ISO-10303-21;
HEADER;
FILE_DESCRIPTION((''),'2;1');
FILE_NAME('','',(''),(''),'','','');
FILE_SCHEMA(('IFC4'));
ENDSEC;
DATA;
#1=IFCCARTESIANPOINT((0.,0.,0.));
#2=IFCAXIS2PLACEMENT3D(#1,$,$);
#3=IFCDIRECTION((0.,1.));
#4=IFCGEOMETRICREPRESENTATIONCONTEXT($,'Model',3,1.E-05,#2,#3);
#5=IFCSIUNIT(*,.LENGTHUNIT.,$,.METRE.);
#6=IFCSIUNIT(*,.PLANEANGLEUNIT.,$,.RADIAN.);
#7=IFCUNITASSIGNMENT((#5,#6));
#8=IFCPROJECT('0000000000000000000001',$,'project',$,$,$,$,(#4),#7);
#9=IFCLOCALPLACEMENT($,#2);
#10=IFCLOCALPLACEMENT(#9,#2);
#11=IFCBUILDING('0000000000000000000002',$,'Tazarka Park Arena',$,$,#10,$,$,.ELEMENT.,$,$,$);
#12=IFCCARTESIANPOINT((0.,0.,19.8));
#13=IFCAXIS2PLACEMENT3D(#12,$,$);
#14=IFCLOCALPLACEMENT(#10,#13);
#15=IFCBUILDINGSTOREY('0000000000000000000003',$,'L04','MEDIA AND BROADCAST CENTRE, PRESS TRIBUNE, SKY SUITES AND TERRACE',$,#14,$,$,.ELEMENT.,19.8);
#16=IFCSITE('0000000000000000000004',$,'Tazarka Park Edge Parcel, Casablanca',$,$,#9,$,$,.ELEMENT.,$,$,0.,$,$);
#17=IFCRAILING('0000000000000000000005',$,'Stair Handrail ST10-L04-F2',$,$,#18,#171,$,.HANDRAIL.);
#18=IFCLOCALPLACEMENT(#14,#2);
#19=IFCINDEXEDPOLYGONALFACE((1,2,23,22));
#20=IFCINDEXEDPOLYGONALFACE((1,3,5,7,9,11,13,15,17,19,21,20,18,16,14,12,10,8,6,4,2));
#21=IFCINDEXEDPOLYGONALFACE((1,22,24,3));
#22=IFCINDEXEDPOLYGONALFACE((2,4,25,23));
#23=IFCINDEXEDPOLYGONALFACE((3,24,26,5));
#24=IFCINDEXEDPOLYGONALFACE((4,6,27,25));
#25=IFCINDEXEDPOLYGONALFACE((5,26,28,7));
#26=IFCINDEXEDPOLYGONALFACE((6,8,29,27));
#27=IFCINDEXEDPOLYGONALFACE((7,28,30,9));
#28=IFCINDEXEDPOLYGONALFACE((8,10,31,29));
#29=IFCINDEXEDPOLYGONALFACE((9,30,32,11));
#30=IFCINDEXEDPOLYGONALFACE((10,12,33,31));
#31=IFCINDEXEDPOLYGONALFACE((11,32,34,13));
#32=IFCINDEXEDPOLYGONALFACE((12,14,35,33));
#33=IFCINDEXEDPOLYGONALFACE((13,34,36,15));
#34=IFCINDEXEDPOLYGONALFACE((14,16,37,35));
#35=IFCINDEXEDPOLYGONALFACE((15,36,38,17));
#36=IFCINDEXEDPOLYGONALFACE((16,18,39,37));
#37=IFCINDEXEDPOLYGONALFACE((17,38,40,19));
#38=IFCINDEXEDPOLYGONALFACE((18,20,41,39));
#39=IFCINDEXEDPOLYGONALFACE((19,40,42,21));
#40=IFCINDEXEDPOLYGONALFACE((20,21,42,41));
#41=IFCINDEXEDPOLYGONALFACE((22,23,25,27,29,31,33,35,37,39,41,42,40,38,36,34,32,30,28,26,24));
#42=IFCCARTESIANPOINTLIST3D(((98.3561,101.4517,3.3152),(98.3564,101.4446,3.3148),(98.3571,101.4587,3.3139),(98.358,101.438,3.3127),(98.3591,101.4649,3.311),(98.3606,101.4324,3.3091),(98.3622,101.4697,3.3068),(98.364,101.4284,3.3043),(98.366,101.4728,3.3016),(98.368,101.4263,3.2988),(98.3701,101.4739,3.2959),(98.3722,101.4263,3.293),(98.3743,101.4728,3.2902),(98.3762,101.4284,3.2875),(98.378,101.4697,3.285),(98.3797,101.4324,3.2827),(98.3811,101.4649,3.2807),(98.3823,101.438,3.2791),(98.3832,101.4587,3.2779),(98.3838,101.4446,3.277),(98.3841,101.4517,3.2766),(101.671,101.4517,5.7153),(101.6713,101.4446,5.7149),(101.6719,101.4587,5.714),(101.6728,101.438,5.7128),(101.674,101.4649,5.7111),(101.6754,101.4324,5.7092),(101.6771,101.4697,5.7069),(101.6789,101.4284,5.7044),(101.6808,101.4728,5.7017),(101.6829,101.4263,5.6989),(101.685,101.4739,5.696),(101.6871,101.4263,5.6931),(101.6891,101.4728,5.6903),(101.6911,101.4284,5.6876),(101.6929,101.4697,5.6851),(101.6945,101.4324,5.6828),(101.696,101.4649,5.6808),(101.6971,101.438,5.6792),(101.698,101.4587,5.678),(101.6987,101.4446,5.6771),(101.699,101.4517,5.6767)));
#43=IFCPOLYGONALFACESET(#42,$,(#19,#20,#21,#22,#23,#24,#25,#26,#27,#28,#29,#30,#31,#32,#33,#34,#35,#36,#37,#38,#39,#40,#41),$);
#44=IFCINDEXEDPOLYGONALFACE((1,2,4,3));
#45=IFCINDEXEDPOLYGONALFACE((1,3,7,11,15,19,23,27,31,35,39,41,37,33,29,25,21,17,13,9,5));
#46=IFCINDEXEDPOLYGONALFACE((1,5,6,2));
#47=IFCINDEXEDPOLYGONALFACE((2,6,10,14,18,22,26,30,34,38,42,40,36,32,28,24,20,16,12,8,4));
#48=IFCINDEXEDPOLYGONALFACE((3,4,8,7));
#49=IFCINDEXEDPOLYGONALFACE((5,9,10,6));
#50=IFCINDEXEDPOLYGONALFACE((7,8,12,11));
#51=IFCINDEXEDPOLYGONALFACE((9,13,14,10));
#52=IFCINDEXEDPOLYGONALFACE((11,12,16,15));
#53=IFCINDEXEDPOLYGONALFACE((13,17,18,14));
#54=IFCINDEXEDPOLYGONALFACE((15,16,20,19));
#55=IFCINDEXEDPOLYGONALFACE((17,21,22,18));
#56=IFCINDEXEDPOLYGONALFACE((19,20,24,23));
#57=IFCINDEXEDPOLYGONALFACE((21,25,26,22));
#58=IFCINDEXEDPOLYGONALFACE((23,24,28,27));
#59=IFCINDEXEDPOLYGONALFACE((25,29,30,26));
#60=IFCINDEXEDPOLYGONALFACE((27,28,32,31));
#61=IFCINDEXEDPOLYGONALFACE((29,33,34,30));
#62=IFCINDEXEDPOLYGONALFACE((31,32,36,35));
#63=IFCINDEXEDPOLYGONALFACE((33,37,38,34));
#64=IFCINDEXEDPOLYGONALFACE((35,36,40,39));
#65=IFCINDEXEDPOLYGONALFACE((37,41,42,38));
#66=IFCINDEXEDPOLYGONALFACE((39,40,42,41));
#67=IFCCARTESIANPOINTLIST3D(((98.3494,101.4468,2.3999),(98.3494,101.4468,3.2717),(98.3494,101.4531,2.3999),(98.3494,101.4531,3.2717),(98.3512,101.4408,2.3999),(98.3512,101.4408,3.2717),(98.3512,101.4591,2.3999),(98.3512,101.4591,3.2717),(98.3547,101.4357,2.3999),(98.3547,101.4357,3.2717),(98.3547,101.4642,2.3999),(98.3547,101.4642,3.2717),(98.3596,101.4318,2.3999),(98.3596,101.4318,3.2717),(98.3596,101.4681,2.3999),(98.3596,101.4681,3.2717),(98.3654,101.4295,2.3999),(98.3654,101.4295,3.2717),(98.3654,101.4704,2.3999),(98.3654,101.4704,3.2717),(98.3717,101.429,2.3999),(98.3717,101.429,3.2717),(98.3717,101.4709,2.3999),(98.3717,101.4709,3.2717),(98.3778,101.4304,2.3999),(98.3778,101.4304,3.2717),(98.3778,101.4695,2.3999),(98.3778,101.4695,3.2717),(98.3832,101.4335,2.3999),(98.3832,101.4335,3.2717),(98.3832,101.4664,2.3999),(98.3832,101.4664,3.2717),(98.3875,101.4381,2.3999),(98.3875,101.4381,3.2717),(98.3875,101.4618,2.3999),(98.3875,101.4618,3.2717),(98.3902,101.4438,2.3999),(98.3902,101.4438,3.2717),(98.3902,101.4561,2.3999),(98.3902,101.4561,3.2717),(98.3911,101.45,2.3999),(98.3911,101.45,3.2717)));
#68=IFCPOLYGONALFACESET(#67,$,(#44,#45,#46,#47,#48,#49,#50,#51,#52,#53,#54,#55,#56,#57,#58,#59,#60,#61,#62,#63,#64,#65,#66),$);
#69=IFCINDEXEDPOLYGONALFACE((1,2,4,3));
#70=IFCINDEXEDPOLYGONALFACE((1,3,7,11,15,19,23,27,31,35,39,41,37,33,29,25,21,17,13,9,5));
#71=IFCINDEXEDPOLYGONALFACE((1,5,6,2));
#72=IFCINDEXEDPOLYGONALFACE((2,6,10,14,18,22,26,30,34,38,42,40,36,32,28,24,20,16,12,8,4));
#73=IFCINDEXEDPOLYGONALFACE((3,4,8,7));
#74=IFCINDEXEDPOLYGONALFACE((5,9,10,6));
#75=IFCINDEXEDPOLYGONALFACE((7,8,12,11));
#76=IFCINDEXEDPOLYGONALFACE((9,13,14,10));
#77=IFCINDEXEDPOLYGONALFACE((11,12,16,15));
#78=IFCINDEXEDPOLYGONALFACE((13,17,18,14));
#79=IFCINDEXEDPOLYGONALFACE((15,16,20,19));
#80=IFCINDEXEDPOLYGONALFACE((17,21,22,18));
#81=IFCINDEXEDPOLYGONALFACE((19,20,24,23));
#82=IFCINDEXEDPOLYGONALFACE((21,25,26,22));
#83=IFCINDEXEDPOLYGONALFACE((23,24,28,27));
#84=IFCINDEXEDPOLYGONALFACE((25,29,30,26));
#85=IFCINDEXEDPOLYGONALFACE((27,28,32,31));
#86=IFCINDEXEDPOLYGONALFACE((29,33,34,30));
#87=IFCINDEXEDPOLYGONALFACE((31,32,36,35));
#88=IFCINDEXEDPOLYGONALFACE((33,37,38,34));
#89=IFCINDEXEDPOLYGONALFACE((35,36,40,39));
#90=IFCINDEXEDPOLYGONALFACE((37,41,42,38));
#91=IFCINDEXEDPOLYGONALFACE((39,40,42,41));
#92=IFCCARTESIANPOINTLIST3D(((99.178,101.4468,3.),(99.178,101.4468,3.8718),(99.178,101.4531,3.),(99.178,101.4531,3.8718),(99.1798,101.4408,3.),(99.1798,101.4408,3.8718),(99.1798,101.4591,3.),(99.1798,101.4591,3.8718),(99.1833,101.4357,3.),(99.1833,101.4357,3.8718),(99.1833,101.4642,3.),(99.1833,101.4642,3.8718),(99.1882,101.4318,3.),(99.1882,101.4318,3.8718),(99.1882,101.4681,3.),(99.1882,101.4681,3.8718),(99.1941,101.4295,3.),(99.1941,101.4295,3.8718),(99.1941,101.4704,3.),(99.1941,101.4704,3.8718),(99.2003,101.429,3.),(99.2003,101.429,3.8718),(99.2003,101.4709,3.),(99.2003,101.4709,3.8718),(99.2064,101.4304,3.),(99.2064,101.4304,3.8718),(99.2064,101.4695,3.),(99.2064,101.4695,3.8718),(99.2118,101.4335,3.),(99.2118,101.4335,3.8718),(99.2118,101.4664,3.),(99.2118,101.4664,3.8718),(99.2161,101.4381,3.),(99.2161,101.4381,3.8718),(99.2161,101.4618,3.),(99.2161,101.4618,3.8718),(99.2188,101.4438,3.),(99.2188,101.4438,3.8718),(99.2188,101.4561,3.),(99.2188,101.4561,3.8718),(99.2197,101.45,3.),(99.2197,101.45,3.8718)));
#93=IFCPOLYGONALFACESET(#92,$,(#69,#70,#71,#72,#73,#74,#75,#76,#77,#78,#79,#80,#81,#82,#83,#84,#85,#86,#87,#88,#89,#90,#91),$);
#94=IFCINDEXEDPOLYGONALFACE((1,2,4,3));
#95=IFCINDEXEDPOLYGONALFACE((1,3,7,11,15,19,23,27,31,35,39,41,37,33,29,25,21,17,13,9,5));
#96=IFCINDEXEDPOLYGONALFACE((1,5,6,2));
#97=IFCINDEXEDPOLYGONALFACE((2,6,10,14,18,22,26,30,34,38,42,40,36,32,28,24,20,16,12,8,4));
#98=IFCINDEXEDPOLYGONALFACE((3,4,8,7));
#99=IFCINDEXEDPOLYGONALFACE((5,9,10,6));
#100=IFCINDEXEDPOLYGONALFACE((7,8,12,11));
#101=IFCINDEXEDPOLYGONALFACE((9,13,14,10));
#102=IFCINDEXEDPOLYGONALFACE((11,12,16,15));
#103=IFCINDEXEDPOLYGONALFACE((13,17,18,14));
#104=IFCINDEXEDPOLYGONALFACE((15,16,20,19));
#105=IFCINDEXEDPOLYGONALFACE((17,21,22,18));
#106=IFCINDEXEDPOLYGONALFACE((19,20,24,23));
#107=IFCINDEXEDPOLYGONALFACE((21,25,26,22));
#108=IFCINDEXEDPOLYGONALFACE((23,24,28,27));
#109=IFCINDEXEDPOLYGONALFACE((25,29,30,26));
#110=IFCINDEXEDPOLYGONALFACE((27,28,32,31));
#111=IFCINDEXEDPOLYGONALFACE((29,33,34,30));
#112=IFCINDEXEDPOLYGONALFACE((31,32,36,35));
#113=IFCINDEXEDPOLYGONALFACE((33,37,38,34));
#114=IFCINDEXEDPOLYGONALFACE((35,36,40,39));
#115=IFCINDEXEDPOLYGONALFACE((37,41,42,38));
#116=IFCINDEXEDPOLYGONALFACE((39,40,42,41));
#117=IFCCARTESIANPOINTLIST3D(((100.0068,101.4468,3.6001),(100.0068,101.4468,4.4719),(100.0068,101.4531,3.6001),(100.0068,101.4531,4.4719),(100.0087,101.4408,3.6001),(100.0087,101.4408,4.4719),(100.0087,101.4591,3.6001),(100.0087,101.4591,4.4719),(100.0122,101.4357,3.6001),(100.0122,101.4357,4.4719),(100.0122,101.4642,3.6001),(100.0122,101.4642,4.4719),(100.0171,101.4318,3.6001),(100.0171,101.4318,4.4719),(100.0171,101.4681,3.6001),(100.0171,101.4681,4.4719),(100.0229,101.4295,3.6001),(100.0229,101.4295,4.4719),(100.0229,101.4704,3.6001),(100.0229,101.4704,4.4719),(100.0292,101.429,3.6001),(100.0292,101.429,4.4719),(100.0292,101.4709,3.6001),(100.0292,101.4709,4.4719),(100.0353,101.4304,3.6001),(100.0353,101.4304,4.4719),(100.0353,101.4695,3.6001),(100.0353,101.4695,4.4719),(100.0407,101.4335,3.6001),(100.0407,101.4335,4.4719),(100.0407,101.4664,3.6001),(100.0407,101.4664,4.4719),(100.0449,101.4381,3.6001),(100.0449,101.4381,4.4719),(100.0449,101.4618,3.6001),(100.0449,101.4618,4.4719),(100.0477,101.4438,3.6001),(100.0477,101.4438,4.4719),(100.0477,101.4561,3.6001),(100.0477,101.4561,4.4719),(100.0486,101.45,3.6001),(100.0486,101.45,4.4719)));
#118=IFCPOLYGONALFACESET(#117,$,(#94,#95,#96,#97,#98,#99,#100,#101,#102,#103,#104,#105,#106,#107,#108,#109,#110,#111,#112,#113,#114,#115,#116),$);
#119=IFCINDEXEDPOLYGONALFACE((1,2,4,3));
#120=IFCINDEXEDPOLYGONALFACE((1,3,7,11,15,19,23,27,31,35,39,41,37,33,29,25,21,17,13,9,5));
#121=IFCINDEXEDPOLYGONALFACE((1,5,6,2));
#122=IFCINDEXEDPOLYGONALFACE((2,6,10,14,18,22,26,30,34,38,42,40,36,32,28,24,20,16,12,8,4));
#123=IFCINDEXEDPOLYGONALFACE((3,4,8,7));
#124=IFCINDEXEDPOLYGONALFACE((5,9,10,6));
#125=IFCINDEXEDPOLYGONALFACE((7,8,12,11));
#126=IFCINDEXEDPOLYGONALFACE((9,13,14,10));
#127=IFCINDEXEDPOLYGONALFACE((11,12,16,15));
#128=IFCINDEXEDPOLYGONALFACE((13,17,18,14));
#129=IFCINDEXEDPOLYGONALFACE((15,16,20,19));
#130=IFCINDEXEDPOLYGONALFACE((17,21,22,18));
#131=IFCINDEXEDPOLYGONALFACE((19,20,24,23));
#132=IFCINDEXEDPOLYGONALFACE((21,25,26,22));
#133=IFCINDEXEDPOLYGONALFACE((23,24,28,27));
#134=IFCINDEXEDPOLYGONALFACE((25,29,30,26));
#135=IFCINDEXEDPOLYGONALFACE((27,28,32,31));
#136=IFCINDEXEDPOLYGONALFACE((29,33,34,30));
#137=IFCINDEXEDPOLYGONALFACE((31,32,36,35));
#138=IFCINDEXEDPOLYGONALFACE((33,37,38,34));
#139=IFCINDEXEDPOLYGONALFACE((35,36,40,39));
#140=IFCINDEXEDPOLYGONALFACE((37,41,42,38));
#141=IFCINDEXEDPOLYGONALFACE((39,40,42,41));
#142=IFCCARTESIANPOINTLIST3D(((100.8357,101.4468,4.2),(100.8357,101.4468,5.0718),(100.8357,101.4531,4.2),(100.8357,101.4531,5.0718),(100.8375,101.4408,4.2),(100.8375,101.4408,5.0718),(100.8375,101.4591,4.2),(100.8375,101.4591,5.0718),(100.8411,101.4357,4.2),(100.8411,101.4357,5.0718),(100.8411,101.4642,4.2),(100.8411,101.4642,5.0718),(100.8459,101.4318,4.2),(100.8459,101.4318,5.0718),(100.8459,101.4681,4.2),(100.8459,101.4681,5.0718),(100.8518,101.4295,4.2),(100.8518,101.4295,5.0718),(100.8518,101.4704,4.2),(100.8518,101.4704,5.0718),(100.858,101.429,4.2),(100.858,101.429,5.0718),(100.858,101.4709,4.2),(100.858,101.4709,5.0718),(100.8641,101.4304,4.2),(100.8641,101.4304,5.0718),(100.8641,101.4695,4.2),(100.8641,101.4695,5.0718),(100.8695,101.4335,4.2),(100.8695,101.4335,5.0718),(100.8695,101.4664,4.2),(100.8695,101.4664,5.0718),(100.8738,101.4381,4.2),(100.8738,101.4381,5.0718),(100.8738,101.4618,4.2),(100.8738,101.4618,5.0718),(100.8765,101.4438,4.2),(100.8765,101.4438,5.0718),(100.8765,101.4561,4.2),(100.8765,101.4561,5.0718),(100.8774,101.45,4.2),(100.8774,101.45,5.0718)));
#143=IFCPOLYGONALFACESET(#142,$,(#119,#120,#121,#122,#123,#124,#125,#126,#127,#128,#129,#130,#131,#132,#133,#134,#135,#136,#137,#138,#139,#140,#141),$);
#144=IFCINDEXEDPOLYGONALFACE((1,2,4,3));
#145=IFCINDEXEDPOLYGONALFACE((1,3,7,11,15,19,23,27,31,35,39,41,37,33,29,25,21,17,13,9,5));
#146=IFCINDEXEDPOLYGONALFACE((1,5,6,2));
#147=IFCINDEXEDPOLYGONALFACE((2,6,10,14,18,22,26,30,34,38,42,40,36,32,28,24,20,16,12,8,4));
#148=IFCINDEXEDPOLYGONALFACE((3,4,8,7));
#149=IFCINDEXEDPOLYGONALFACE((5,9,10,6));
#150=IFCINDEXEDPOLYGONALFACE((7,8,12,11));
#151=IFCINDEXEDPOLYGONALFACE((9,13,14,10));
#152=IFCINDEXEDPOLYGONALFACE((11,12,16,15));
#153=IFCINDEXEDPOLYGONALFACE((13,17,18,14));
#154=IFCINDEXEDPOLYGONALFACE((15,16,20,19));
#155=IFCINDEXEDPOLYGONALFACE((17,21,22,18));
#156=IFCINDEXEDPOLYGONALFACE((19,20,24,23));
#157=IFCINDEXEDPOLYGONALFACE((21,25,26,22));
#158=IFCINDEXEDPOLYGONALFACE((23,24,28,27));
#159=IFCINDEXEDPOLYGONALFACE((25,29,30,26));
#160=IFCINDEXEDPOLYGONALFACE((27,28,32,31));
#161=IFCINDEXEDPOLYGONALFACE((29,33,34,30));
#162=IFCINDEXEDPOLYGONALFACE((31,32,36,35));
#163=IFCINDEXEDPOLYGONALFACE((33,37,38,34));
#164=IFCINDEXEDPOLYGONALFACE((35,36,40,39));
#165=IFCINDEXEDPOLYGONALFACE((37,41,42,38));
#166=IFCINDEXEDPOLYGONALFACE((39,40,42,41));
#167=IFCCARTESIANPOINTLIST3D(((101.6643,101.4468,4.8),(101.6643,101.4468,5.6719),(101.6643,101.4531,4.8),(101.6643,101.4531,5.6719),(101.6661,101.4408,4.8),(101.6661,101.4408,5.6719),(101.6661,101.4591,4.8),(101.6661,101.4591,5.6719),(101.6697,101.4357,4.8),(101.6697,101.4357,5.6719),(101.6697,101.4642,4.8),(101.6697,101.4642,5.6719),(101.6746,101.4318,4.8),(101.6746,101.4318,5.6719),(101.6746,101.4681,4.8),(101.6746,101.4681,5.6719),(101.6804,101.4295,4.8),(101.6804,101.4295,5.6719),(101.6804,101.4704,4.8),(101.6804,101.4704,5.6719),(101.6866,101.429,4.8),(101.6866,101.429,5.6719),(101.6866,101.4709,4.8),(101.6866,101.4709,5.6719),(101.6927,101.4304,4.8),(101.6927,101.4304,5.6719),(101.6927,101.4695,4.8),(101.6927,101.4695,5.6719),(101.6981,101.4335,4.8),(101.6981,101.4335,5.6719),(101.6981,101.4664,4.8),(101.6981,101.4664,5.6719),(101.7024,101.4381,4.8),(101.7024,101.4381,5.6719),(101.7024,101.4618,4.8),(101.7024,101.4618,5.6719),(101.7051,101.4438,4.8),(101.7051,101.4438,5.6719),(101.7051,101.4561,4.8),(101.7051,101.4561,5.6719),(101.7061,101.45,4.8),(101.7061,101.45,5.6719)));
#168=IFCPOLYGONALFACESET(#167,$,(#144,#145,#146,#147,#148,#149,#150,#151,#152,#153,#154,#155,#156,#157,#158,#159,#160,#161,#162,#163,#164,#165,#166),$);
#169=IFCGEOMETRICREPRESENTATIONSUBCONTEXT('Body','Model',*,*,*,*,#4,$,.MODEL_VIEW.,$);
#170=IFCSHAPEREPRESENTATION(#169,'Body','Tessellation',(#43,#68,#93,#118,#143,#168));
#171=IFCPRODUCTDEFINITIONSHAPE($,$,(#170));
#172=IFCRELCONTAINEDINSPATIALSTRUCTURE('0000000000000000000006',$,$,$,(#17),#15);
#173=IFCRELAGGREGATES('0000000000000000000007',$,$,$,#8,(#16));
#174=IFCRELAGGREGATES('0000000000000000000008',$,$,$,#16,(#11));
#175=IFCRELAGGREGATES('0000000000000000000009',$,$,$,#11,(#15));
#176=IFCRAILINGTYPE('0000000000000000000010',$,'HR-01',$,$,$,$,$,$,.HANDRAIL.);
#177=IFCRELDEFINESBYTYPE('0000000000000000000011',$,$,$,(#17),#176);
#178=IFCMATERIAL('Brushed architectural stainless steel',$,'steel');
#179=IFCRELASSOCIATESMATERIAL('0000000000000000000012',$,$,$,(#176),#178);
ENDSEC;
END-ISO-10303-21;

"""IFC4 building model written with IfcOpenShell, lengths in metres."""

from ifc_helpers import new_model, si_unit, direction, frame, origin, origin_2d, place, context, subcontext, project, spatial, circle, extrude, material, type_object, element, save


model = new_model("IFC4")

# Units and contexts
model_context = context("Model", 3, precision=1e-05, world=origin(), true_north=direction((0.0, 1.0)))
body_context = subcontext(model_context, "Body", "Model", "MODEL_VIEW")
ifc_project = project(units=[si_unit("LENGTHUNIT", "METRE"), si_unit("PLANEANGLEUNIT", "RADIAN")], contexts=[model_context])

# Site, building, storey
site_placement = place(None, origin())
site = spatial("IfcSite", under=ifc_project, at=site_placement, Name="Tazarka Park Edge Parcel, Casablanca", CompositionType="ELEMENT", RefElevation=0.0)
building_placement = place(site_placement, origin())
building = spatial("IfcBuilding", under=site, at=building_placement, Name="Tazarka Park Arena", CompositionType="ELEMENT")
storey_placement = place(building_placement, frame((0.0, 0.0, 19.8)))
storey = spatial("IfcBuildingStorey", under=building, at=storey_placement, Name="L04", Description="MEDIA AND BROADCAST CENTRE, PRESS TRIBUNE, SKY SUITES AND TERRACE", CompositionType="ELEMENT", Elevation=19.8)

# Railing
ifc_material_1 = material(Name="Brushed architectural stainless steel", Category="steel")
railing_type_1 = type_object("IfcRailingType", Name="HR-01", PredefinedType="HANDRAIL", material=ifc_material_1)
railing_1_placement = place(storey_placement, frame((98.3701, 101.45, 2.3999)))
element("IfcRailing", 1, at=railing_1_placement, inside=storey, type_object=railing_type_1, Name="Stair Handrail ST10-L04-F2", PredefinedType="HANDRAIL", context=body_context, shape_type="SweptSolid", body=[
    extrude(circle(Radius=0.0239, at=origin_2d()), frame((0.0, 0.0, 0.896), z_axis=(0.80998, 0.0, 0.586457), x_axis=(0.0, 1.0, 0.0)), (0.0, 0.0, 1.0), 4.0925),
    extrude(circle(Radius=0.021, at=origin_2d()), origin(), (0.0, 0.0, 1.0), 0.8718),
    extrude(circle(Radius=0.021, at=origin_2d()), frame((0.8286, 0.0, 0.6001)), (0.0, 0.0, 1.0), 0.8718),
    extrude(circle(Radius=0.021, at=origin_2d()), frame((1.6575, 0.0, 1.2002)), (0.0, 0.0, 1.0), 0.8718),
    extrude(circle(Radius=0.021, at=origin_2d()), frame((2.4863, 0.0, 1.8)), (0.0, 0.0, 1.0), 0.8718),
    extrude(circle(Radius=0.021, at=origin_2d()), frame((3.3149, 0.0, 2.4001)), (0.0, 0.0, 1.0), 0.8718),
])

save(model, "model.ifc")
